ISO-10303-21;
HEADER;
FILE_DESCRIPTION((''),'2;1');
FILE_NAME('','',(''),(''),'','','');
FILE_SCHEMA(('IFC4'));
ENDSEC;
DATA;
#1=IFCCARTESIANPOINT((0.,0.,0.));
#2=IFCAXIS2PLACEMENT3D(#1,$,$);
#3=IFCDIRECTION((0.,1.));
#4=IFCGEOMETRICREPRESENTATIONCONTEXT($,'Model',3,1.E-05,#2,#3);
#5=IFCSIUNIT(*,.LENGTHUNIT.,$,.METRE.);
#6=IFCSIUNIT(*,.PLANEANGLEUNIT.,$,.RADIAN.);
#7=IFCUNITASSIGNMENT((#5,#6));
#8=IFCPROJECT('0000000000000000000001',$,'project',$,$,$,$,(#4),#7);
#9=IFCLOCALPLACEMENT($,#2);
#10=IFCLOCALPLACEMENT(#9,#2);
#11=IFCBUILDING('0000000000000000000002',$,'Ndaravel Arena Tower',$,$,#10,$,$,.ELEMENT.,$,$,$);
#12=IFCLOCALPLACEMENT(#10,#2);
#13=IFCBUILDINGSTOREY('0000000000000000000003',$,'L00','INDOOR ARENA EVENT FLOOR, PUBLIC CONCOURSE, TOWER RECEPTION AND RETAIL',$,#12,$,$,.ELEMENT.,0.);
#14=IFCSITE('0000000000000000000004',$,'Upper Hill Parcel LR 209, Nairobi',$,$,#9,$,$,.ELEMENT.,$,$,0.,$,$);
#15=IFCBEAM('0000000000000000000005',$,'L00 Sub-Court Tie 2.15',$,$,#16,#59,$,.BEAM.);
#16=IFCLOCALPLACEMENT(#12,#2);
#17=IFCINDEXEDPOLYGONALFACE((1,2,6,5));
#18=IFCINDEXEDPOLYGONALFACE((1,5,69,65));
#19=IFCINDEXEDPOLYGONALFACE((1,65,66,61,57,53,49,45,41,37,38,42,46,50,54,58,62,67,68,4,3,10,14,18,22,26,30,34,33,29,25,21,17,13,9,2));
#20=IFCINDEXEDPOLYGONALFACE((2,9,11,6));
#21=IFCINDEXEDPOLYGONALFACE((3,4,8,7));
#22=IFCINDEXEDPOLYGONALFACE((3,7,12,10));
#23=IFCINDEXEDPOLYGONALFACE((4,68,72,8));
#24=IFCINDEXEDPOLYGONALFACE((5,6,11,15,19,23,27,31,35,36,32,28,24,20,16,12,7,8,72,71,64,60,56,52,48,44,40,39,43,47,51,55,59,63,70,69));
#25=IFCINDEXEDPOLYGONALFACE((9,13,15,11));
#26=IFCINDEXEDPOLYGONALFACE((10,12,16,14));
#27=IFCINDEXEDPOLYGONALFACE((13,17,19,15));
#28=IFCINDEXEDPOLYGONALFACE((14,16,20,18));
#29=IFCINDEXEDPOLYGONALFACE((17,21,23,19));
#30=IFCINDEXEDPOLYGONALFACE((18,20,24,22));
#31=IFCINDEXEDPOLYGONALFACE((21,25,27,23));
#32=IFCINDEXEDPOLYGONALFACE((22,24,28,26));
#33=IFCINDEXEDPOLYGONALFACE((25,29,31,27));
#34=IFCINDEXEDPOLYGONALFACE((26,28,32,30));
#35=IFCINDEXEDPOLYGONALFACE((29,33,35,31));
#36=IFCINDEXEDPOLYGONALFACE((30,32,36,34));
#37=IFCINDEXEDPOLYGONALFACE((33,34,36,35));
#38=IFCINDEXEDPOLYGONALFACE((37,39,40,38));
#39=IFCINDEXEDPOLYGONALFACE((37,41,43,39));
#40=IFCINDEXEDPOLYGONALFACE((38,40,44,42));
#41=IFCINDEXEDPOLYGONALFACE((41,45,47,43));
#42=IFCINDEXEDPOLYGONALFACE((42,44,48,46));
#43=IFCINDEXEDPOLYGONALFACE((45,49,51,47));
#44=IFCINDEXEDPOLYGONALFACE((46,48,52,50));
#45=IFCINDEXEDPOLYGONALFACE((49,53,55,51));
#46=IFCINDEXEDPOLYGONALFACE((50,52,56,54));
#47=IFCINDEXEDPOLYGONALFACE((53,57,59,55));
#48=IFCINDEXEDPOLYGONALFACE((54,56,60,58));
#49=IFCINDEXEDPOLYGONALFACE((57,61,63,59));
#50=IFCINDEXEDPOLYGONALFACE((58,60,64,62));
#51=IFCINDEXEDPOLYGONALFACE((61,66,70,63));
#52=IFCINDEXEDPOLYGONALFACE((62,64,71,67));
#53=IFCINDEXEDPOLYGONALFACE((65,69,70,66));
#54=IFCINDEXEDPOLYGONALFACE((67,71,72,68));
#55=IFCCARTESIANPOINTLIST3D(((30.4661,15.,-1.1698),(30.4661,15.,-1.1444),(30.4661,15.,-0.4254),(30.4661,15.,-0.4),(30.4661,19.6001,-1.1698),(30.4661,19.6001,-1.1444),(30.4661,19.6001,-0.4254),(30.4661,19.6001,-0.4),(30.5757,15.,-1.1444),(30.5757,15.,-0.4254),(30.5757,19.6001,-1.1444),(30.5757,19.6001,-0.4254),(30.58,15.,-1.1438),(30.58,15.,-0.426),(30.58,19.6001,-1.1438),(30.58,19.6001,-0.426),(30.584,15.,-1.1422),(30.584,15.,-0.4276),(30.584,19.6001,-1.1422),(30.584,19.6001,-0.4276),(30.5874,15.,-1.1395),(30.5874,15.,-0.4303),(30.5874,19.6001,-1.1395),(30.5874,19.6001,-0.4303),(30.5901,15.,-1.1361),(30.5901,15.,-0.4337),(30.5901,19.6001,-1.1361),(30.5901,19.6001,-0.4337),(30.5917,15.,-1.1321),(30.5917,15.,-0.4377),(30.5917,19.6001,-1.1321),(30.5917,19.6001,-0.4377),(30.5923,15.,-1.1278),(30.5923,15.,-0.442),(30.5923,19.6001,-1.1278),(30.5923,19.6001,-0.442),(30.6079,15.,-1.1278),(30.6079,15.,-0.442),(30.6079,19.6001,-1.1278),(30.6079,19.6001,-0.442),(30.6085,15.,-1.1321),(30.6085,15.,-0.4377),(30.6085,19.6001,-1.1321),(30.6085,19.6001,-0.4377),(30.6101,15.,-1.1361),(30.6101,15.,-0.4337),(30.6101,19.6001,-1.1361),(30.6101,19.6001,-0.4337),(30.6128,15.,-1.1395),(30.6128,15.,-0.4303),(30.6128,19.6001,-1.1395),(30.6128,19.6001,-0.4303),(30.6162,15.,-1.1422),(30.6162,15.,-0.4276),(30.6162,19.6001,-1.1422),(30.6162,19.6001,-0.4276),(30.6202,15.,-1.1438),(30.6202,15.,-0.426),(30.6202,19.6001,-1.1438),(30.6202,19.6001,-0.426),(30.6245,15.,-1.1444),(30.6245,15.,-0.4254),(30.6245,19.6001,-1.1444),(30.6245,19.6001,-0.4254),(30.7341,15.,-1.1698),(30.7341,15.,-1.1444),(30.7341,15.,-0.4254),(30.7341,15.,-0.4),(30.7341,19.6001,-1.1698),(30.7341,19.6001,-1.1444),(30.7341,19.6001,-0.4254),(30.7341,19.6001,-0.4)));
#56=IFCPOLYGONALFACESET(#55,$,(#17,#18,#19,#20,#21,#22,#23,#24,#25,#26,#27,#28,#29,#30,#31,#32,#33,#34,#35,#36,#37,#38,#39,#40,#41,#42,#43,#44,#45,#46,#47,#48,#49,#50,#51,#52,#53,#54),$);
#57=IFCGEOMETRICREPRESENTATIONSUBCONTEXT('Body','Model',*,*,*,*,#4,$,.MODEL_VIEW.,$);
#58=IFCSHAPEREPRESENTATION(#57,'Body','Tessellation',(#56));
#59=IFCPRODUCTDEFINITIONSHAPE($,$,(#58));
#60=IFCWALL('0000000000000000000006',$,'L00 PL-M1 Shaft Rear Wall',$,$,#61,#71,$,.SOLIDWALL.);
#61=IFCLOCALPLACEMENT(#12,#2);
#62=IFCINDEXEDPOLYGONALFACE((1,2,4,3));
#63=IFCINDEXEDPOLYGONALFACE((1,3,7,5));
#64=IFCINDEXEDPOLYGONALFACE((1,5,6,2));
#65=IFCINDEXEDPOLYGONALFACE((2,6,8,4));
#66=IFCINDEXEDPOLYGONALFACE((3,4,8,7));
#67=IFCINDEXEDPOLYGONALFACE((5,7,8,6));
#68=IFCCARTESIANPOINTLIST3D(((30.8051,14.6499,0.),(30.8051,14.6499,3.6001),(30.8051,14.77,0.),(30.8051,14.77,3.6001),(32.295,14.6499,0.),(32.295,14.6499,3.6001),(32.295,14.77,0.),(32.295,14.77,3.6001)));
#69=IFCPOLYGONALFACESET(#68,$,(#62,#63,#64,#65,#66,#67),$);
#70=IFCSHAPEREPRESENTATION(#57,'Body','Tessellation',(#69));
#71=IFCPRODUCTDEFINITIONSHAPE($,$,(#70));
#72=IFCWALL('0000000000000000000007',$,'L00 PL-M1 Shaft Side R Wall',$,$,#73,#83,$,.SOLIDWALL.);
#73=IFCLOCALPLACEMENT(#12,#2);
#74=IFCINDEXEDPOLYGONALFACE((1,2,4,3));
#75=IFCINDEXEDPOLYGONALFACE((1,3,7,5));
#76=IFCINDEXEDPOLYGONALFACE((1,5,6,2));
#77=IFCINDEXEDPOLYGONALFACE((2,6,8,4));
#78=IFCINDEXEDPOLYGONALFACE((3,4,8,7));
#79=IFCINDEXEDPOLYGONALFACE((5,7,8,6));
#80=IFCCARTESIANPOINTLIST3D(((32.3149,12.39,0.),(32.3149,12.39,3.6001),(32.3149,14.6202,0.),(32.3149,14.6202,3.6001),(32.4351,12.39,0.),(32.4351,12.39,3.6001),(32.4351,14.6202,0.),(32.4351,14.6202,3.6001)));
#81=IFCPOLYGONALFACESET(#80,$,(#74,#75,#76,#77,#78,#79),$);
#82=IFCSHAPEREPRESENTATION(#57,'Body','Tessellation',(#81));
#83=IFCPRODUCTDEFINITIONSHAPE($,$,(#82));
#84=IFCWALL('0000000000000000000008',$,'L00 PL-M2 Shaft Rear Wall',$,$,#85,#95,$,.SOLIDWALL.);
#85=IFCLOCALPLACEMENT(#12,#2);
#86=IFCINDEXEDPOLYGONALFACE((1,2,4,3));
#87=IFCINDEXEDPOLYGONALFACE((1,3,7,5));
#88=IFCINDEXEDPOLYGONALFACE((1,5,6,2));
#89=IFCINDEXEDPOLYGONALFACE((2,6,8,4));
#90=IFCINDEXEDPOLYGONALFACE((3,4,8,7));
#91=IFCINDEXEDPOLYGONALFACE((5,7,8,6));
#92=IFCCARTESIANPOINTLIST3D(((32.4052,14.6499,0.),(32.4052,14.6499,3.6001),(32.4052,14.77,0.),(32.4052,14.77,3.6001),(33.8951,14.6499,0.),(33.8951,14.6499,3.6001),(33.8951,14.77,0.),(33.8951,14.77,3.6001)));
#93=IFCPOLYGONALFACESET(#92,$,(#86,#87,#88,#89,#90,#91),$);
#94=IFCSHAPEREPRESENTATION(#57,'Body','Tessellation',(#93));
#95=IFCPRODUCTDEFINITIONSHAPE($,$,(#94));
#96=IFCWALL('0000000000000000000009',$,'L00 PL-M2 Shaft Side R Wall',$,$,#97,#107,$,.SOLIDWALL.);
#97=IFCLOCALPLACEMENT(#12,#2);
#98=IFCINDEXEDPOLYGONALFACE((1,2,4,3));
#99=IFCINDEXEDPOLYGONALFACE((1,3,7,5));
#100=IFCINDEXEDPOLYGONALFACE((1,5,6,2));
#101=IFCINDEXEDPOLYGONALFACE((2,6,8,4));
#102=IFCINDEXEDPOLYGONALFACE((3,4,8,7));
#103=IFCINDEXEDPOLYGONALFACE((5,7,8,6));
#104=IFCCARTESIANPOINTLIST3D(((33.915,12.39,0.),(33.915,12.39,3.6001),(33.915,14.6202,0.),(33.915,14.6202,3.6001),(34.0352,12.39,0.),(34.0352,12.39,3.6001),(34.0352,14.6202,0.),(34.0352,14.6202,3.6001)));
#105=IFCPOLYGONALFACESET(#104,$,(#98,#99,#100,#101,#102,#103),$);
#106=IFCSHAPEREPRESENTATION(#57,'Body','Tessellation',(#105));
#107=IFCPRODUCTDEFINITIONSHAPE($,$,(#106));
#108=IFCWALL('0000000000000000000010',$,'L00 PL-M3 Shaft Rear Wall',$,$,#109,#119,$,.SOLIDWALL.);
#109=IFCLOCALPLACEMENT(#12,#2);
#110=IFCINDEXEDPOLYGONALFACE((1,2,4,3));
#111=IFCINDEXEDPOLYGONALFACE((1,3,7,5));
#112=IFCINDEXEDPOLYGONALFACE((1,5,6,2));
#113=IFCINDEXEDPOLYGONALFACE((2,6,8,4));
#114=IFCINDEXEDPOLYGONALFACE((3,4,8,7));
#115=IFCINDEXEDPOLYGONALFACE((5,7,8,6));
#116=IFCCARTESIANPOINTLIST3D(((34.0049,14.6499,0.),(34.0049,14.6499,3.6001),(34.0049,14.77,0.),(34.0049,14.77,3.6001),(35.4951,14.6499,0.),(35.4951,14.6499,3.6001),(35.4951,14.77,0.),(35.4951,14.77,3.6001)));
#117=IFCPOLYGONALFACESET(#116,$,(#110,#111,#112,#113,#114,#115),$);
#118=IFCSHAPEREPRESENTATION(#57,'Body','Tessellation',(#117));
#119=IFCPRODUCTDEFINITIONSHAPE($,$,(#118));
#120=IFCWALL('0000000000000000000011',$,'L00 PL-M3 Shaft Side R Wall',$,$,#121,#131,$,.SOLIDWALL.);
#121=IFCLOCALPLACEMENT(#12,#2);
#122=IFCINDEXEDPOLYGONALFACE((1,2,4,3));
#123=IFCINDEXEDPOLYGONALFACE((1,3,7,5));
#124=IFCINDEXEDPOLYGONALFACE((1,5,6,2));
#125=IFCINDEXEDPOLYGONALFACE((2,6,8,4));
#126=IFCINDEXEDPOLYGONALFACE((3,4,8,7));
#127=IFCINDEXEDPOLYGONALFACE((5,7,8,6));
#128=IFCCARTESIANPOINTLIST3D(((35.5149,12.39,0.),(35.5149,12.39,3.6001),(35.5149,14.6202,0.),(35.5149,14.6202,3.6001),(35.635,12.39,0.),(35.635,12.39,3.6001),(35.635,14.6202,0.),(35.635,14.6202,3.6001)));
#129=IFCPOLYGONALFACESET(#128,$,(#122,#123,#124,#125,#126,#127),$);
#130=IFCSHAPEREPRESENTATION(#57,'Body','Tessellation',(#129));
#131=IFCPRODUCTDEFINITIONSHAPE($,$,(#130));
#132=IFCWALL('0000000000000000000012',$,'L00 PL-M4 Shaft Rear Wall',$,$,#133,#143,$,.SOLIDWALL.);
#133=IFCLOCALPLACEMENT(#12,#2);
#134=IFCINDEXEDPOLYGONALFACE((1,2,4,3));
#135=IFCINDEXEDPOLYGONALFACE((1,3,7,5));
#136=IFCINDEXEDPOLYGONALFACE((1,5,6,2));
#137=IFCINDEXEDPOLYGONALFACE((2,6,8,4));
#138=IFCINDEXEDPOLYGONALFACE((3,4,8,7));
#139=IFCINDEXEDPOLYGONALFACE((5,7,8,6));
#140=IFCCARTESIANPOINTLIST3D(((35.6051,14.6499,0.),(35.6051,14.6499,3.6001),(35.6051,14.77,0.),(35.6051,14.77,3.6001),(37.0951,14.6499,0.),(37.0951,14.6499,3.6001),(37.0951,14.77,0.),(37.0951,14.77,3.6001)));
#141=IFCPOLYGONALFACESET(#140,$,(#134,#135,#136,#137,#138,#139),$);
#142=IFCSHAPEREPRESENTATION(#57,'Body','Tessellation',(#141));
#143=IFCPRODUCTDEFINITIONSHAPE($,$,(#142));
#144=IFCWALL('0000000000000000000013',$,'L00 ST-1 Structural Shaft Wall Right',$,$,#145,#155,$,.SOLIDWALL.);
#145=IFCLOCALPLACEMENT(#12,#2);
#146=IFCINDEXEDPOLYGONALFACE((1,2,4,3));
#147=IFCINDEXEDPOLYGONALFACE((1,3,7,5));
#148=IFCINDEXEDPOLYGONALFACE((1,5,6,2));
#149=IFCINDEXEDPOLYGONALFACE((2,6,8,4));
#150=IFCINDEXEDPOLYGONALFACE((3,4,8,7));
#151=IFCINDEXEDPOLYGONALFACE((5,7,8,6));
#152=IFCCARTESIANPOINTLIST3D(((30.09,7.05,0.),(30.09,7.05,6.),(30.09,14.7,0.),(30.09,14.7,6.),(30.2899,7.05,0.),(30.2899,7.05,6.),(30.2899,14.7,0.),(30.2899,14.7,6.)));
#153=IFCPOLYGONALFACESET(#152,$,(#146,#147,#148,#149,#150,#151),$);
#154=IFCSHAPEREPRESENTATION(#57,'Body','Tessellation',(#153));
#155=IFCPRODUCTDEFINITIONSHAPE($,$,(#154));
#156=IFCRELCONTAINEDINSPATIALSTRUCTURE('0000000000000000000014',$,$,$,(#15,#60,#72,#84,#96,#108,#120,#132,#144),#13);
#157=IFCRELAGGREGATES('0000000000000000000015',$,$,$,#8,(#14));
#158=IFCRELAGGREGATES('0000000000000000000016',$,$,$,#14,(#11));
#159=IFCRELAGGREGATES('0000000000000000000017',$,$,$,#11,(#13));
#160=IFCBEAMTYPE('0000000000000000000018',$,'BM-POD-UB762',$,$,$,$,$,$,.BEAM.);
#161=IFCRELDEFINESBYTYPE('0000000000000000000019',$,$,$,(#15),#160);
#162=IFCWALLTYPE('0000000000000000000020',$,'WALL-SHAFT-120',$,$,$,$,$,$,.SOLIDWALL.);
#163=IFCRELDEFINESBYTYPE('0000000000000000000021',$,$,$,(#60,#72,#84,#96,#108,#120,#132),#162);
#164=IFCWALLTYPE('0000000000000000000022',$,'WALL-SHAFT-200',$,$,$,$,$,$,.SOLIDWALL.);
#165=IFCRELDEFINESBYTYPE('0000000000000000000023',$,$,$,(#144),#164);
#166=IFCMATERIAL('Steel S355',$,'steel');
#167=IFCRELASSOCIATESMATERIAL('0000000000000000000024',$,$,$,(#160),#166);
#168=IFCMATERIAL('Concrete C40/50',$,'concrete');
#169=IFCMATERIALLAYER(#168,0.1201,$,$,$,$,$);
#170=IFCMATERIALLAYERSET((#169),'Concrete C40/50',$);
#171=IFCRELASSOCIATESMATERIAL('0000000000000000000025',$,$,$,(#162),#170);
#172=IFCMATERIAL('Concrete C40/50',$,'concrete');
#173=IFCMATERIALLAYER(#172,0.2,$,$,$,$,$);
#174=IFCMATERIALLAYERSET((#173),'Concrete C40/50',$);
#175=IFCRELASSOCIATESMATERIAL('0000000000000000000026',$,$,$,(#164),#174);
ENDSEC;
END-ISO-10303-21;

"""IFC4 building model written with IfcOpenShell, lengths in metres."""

from ifc_helpers import new_model, si_unit, direction, frame, frame_2d, origin, origin_2d, place, context, subcontext, project, spatial, rectangle, i_section, extrude, material, layer, layer_set, material_profile, profile_set, type_object, element, save


model = new_model("IFC4")

# Units and contexts
model_context = context("Model", 3, precision=1e-05, world=origin(), true_north=direction((0.0, 1.0)))
body_context = subcontext(model_context, "Body", "Model", "MODEL_VIEW")
ifc_project = project(units=[si_unit("LENGTHUNIT", "METRE"), si_unit("PLANEANGLEUNIT", "RADIAN")], contexts=[model_context])

# Site, building, storey
site_placement = place(None, origin())
site = spatial("IfcSite", under=ifc_project, at=site_placement, Name="Upper Hill Parcel LR 209, Nairobi", CompositionType="ELEMENT", RefElevation=0.0)
building_placement = place(site_placement, origin())
building = spatial("IfcBuilding", under=site, at=building_placement, Name="Ndaravel Arena Tower", CompositionType="ELEMENT")
storey_placement = place(building_placement, origin())
storey = spatial("IfcBuildingStorey", under=building, at=storey_placement, Name="L00", Description="INDOOR ARENA EVENT FLOOR, PUBLIC CONCOURSE, TOWER RECEPTION AND RETAIL", CompositionType="ELEMENT", Elevation=0.0)

# Beam
ifc_material_1 = material(Name="Steel S355", Category="steel")
ifc_material_profile = material_profile(ifc_material_1, i_section(OverallWidth=0.2681, OverallDepth=0.7698, WebThickness=0.0156, FlangeThickness=0.0254, FilletRadius=0.0166, at=origin_2d()), Name="UB 762x267x197")
ifc_profile_set = profile_set([ifc_material_profile], Name="Steel S355")
beam_type = type_object("IfcBeamType", Name="BM-POD-UB762", PredefinedType="BEAM", material=ifc_profile_set)
beam_placement = place(storey_placement, frame((30.6001, 15.0, -0.7849), z_axis=(0.0, 1.0, 0.0), x_axis=(-1.0, 0.0, 0.0)))
element("IfcBeam", 1, at=beam_placement, inside=storey, type_object=beam_type, Name="L00 Sub-Court Tie 2.15", PredefinedType="BEAM", context=body_context, shape_type="SweptSolid", body=[
    extrude(i_section(OverallWidth=0.2681, OverallDepth=0.7698, WebThickness=0.0156, FlangeThickness=0.0254, FilletRadius=0.0166, at=origin_2d()), origin(), (0.0, 0.0, 1.0), 4.6001),
])

# Walls
ifc_material_2 = material(Name="Concrete C40/50", Category="concrete")
ifc_layer_1 = layer(ifc_material_2, 0.1201)
ifc_layer_set_1 = layer_set([ifc_layer_1], Name="Concrete C40/50")
wall_type_1 = type_object("IfcWallType", Name="WALL-SHAFT-120", PredefinedType="SOLIDWALL", material=ifc_layer_set_1)
wall_1_placement = place(storey_placement, frame((30.8049, 14.71, 0.0), z_axis=(0.0, 0.0, 1.0), x_axis=(1.0, 0.0, 0.0)))
element("IfcWall", 2, at=wall_1_placement, inside=storey, type_object=wall_type_1, Name="L00 PL-M1 Shaft Rear Wall", PredefinedType="SOLIDWALL", context=body_context, shape_type="SweptSolid", body=[
    extrude(rectangle(XDim=1.49, YDim=0.1201, at=frame_2d((0.7451, 0.0))), origin(), (0.0, 0.0, 1.0), 3.6001),
])
wall_2_placement = place(storey_placement, frame((32.375, 12.3899, 0.0), z_axis=(0.0, 0.0, 1.0), x_axis=(0.0, 1.0, 0.0)))
element("IfcWall", 3, at=wall_2_placement, inside=storey, type_object=wall_type_1, Name="L00 PL-M1 Shaft Side R Wall", PredefinedType="SOLIDWALL", context=body_context, shape_type="SweptSolid", body=[
    extrude(rectangle(XDim=2.2302, YDim=0.1201, at=frame_2d((1.1152, 0.0))), origin(), (0.0, 0.0, 1.0), 3.6001),
])
wall_3_placement = place(storey_placement, frame((32.405, 14.71, 0.0), z_axis=(0.0, 0.0, 1.0), x_axis=(1.0, 0.0, 0.0)))
element("IfcWall", 4, at=wall_3_placement, inside=storey, type_object=wall_type_1, Name="L00 PL-M2 Shaft Rear Wall", PredefinedType="SOLIDWALL", context=body_context, shape_type="SweptSolid", body=[
    extrude(rectangle(XDim=1.49, YDim=0.1201, at=frame_2d((0.7451, 0.0))), origin(), (0.0, 0.0, 1.0), 3.6001),
])
wall_4_placement = place(storey_placement, frame((33.9751, 12.3899, 0.0), z_axis=(0.0, 0.0, 1.0), x_axis=(0.0, 1.0, 0.0)))
element("IfcWall", 5, at=wall_4_placement, inside=storey, type_object=wall_type_1, Name="L00 PL-M2 Shaft Side R Wall", PredefinedType="SOLIDWALL", context=body_context, shape_type="SweptSolid", body=[
    extrude(rectangle(XDim=2.2302, YDim=0.1201, at=frame_2d((1.1152, 0.0))), origin(), (0.0, 0.0, 1.0), 3.6001),
])
wall_5_placement = place(storey_placement, frame((34.0049, 14.71, 0.0), z_axis=(0.0, 0.0, 1.0), x_axis=(1.0, 0.0, 0.0)))
element("IfcWall", 6, at=wall_5_placement, inside=storey, type_object=wall_type_1, Name="L00 PL-M3 Shaft Rear Wall", PredefinedType="SOLIDWALL", context=body_context, shape_type="SweptSolid", body=[
    extrude(rectangle(XDim=1.4902, YDim=0.1201, at=frame_2d((0.7451, 0.0))), origin(), (0.0, 0.0, 1.0), 3.6001),
])
wall_6_placement = place(storey_placement, frame((35.575, 12.3899, 0.0), z_axis=(0.0, 0.0, 1.0), x_axis=(0.0, 1.0, 0.0)))
element("IfcWall", 7, at=wall_6_placement, inside=storey, type_object=wall_type_1, Name="L00 PL-M3 Shaft Side R Wall", PredefinedType="SOLIDWALL", context=body_context, shape_type="SweptSolid", body=[
    extrude(rectangle(XDim=2.2302, YDim=0.1201, at=frame_2d((1.1152, 0.0))), origin(), (0.0, 0.0, 1.0), 3.6001),
])
wall_7_placement = place(storey_placement, frame((35.605, 14.71, 0.0), z_axis=(0.0, 0.0, 1.0), x_axis=(1.0, 0.0, 0.0)))
element("IfcWall", 8, at=wall_7_placement, inside=storey, type_object=wall_type_1, Name="L00 PL-M4 Shaft Rear Wall", PredefinedType="SOLIDWALL", context=body_context, shape_type="SweptSolid", body=[
    extrude(rectangle(XDim=1.49, YDim=0.1201, at=frame_2d((0.7451, 0.0))), origin(), (0.0, 0.0, 1.0), 3.6001),
])
ifc_material_3 = material(Name="Concrete C40/50", Category="concrete")
ifc_layer_2 = layer(ifc_material_3, 0.2)
ifc_layer_set_2 = layer_set([ifc_layer_2], Name="Concrete C40/50")
wall_type_2 = type_object("IfcWallType", Name="WALL-SHAFT-200", PredefinedType="SOLIDWALL", material=ifc_layer_set_2)
wall_8_placement = place(storey_placement, frame((30.1899, 14.7, 0.0), z_axis=(0.0, 0.0, 1.0), x_axis=(0.0, -1.0, 0.0)))
element("IfcWall", 9, at=wall_8_placement, inside=storey, type_object=wall_type_2, Name="L00 ST-1 Structural Shaft Wall Right", PredefinedType="SOLIDWALL", context=body_context, shape_type="SweptSolid", body=[
    extrude(rectangle(XDim=7.6499, YDim=0.2, at=frame_2d((3.825, 0.0))), origin(), (0.0, 0.0, 1.0), 6.0),
])

save(model, "model.ifc")
